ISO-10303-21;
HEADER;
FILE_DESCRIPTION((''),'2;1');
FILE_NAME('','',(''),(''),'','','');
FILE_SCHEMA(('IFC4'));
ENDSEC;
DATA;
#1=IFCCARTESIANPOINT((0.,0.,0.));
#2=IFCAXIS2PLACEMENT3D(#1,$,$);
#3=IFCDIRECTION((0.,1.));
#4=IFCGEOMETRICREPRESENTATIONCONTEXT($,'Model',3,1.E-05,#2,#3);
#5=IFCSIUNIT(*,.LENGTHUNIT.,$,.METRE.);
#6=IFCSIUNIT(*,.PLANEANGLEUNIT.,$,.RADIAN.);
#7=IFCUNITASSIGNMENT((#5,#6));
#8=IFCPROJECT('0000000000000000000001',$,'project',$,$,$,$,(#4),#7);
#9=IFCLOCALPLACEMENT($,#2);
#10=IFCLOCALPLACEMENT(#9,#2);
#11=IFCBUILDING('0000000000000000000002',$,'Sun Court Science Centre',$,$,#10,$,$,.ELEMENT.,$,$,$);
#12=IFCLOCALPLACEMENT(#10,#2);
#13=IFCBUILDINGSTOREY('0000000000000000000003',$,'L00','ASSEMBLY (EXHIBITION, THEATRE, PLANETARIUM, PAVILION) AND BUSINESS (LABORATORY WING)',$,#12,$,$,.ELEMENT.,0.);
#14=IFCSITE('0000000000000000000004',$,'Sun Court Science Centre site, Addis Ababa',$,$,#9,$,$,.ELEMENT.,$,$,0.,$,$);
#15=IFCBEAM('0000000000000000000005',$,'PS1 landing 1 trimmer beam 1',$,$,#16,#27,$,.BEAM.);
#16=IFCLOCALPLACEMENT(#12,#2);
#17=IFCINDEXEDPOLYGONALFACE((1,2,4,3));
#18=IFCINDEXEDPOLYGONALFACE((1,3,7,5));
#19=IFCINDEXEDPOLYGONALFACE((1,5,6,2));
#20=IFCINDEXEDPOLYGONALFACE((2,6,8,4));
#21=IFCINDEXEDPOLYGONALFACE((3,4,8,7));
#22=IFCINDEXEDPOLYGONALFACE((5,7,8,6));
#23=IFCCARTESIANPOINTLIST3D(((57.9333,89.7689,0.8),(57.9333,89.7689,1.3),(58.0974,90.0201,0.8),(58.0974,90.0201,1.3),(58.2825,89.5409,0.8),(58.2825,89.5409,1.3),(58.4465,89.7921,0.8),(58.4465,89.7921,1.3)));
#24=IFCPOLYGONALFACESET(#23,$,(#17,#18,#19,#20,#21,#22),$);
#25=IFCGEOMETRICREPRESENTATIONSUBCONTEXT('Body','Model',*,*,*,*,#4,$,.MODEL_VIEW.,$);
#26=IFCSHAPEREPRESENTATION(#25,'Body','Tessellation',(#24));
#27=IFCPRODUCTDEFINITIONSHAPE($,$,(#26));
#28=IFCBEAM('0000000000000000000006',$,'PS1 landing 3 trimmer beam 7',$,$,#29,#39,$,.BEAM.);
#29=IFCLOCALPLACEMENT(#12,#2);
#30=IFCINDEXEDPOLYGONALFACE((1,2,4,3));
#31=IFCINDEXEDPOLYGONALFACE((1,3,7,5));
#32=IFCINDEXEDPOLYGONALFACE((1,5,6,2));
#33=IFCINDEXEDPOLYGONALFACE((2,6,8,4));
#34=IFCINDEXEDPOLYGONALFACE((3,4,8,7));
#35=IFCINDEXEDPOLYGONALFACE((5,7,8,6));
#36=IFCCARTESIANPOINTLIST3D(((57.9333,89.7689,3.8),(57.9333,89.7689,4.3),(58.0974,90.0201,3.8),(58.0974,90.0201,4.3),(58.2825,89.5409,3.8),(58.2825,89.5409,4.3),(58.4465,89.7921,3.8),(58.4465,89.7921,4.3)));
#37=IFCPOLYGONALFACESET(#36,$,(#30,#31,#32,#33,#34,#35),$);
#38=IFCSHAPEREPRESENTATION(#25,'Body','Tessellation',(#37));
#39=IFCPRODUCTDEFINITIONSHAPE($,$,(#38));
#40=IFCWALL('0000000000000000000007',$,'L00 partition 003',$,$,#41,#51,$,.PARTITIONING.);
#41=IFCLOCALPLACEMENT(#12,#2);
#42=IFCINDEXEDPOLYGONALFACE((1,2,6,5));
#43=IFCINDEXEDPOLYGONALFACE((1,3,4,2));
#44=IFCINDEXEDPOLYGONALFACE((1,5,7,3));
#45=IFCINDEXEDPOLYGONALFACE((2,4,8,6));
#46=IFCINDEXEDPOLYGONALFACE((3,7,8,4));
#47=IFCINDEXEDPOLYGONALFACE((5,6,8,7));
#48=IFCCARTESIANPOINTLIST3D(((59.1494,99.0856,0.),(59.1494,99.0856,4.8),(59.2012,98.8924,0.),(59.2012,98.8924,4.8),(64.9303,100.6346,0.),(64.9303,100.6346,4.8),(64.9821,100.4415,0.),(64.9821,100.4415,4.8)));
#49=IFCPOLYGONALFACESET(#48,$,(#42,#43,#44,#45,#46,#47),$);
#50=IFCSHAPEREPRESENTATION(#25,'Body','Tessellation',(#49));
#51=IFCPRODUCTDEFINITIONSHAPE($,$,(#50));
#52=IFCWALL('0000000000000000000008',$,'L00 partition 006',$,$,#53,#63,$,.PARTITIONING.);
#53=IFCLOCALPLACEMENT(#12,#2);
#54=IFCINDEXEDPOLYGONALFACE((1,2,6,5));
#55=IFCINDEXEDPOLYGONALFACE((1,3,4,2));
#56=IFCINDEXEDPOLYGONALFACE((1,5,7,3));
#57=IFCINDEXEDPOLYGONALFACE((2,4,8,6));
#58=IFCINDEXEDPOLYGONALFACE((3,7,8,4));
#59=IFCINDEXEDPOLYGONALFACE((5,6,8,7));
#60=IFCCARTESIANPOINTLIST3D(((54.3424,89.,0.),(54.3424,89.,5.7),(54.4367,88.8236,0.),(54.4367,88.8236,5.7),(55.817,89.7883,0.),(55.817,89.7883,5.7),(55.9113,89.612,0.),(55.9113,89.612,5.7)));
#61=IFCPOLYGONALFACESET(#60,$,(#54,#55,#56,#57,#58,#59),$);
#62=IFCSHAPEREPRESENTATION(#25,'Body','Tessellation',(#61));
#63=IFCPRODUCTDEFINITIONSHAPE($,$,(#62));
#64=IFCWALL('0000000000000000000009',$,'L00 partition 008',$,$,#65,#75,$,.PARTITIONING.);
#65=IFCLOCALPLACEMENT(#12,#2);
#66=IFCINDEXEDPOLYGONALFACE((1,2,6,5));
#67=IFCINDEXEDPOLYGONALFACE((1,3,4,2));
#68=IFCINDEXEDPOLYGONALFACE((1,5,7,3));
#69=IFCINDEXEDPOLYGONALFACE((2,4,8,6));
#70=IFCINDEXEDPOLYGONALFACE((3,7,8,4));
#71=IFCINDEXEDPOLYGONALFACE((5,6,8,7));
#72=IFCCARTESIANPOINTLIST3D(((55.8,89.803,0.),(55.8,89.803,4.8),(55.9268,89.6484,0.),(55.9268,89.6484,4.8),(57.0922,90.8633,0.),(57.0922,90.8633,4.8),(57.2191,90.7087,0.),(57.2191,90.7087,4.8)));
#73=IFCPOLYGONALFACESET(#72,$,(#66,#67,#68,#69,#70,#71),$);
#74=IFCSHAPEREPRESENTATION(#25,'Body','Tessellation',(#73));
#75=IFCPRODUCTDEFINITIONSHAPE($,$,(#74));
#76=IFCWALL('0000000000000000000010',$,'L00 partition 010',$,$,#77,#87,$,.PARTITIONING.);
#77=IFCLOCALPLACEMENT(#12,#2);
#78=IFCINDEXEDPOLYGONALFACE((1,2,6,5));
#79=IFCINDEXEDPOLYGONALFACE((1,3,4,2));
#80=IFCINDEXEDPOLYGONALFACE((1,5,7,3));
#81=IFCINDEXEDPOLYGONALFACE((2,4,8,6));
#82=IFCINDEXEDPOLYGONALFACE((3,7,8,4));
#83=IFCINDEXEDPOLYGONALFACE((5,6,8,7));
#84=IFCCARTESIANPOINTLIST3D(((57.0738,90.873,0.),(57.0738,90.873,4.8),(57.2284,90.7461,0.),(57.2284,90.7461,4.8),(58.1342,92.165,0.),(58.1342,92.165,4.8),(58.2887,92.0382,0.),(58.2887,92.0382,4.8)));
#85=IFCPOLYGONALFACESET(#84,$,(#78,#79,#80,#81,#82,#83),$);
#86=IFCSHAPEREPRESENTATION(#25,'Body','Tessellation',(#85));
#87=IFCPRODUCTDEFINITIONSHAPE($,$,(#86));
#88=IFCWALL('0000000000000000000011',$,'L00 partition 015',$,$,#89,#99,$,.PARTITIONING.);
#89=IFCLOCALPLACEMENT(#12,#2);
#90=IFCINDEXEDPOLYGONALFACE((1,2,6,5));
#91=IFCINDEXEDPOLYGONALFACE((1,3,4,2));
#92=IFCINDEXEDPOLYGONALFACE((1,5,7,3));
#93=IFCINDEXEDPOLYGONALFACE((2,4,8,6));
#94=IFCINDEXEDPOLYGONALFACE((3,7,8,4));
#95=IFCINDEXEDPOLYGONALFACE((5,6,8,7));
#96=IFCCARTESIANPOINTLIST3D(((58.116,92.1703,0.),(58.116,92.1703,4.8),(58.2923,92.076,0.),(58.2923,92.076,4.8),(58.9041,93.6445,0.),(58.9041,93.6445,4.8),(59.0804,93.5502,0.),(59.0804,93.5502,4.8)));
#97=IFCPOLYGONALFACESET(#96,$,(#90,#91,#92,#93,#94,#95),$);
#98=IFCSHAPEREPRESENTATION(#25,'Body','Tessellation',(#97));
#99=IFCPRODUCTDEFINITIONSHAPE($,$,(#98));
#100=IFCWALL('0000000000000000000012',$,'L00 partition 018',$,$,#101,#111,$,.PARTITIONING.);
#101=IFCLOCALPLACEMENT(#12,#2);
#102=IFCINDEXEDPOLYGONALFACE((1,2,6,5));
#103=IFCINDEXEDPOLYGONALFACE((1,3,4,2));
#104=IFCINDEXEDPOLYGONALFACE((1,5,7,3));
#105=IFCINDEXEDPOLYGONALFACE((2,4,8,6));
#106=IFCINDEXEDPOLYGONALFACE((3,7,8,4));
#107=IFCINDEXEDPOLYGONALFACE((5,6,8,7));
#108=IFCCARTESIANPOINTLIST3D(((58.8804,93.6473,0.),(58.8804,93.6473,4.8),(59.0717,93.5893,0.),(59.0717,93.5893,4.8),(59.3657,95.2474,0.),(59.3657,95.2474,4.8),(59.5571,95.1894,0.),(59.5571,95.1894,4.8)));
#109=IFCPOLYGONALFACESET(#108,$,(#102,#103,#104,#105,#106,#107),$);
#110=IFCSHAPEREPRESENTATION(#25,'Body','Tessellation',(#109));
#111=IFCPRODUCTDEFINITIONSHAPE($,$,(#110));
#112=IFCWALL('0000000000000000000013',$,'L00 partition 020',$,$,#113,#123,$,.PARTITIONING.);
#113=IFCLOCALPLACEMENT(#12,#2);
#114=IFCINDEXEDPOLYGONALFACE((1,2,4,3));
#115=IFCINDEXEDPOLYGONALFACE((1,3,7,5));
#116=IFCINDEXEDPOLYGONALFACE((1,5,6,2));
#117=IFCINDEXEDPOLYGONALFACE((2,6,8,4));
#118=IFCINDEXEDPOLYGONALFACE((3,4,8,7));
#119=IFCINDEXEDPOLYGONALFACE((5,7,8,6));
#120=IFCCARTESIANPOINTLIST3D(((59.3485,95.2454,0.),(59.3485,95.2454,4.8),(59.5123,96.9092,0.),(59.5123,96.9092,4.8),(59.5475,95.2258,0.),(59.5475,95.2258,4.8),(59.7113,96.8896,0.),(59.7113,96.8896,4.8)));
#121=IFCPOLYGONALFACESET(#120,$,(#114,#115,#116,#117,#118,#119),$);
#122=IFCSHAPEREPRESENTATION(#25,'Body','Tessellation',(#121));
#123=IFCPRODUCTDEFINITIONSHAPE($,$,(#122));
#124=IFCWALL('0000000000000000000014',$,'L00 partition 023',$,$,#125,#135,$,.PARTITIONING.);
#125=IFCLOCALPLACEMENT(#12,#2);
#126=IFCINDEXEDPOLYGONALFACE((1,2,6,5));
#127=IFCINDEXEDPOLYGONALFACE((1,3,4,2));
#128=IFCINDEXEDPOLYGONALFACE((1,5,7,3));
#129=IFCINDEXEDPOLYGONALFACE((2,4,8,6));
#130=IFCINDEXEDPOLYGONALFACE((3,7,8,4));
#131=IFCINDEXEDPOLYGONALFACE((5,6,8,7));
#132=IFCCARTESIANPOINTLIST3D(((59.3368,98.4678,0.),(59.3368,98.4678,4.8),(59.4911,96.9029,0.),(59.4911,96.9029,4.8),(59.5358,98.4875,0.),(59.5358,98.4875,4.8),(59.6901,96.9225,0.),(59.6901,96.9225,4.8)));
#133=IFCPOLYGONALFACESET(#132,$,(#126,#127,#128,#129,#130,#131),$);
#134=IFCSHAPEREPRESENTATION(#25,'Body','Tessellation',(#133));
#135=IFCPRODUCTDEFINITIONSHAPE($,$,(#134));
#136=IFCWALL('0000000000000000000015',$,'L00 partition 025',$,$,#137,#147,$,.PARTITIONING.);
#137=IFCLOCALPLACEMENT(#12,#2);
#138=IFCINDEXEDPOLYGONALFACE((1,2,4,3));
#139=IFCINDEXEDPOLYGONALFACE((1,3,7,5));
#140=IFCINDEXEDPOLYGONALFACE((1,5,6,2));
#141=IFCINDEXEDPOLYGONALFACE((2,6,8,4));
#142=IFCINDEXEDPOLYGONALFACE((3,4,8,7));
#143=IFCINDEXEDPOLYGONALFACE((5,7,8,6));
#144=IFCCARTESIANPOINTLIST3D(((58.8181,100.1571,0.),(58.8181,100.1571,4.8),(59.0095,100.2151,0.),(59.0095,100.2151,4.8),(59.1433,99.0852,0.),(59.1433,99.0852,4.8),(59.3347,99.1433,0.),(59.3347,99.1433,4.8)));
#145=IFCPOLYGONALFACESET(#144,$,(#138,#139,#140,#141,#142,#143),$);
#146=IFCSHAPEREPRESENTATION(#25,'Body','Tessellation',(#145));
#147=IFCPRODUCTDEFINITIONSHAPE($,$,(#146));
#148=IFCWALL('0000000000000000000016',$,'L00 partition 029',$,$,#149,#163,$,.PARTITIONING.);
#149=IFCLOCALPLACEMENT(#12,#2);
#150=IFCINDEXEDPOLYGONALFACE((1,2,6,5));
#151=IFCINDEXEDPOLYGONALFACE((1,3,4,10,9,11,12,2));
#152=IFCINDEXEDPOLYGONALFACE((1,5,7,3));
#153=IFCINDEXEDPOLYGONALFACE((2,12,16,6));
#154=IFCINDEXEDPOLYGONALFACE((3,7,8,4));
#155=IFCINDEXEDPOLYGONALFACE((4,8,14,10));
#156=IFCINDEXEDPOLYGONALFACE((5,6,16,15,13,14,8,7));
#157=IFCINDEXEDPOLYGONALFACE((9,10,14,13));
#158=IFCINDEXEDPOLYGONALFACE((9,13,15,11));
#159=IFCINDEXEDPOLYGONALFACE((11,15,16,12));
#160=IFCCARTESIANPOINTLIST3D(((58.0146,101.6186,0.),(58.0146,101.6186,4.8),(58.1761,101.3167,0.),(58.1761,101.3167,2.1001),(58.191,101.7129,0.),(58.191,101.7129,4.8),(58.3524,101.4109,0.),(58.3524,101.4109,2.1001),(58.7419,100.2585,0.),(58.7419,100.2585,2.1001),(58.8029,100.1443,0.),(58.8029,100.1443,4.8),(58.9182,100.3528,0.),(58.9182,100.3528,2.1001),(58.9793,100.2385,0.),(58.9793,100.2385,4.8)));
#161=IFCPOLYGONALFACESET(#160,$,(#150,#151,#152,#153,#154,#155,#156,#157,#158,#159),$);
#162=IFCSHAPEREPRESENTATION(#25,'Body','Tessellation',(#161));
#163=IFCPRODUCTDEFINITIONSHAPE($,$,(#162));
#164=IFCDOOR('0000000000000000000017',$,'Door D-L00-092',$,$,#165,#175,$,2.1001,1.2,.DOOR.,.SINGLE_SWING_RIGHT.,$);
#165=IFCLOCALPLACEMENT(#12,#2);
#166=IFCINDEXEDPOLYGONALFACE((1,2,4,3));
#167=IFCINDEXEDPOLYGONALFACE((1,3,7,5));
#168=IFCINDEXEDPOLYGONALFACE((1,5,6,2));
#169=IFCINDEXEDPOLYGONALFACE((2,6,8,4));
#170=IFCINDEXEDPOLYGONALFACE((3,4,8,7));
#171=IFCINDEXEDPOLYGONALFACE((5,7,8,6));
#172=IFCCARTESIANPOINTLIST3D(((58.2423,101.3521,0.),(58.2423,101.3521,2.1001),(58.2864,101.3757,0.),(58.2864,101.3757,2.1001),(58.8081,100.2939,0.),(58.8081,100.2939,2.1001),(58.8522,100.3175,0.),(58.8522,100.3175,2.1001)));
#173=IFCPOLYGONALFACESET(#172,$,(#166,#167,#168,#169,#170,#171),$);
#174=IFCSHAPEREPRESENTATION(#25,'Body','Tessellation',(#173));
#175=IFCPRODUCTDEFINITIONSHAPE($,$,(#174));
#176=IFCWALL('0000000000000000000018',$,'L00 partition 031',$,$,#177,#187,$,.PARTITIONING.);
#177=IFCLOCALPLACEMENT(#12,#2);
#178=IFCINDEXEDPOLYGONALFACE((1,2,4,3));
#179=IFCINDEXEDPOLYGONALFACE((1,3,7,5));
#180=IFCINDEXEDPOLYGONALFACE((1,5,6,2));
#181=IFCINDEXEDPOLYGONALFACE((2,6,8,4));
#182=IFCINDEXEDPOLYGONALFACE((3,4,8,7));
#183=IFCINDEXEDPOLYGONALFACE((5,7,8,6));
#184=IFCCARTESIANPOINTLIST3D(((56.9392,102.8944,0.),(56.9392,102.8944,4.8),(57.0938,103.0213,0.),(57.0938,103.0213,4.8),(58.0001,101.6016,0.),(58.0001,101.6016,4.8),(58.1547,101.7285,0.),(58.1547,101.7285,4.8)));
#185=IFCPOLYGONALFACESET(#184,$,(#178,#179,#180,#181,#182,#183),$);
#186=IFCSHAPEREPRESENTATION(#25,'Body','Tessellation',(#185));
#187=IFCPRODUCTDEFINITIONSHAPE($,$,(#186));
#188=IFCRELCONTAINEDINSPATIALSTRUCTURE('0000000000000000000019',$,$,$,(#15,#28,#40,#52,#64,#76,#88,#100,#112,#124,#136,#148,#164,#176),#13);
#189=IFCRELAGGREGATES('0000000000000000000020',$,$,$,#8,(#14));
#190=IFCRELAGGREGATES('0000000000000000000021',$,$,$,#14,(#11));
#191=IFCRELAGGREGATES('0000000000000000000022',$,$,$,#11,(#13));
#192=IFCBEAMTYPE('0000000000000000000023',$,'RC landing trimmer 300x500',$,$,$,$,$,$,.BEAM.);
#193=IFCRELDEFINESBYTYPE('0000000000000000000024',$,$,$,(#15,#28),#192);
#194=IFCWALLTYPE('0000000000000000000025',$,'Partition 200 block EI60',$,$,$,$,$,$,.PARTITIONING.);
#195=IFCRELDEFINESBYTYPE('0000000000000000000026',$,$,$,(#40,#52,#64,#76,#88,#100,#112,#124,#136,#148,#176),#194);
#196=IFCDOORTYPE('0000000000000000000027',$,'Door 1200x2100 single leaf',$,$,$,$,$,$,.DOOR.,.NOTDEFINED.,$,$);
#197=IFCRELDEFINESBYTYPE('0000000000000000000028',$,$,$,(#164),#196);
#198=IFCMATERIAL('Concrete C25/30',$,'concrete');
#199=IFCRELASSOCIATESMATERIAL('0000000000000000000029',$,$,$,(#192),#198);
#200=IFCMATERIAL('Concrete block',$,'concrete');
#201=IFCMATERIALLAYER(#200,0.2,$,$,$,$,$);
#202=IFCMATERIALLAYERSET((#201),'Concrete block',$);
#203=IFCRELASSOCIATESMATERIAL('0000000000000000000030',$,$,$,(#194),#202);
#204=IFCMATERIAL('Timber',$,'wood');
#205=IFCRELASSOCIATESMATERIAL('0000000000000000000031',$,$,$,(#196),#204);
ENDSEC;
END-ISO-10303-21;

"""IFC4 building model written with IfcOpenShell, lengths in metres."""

from ifc_helpers import new_model, si_unit, direction, frame, frame_2d, origin, origin_2d, place, context, subcontext, project, spatial, rectangle, extrude, material, layer, layer_set, material_profile, profile_set, type_object, element, fill, save


model = new_model("IFC4")

# Units and contexts
model_context = context("Model", 3, precision=1e-05, world=origin(), true_north=direction((0.0, 1.0)))
body_context = subcontext(model_context, "Body", "Model", "MODEL_VIEW")
ifc_project = project(units=[si_unit("LENGTHUNIT", "METRE"), si_unit("PLANEANGLEUNIT", "RADIAN")], contexts=[model_context])

# Site, building, storey
site_placement = place(None, origin())
site = spatial("IfcSite", under=ifc_project, at=site_placement, Name="Sun Court Science Centre site, Addis Ababa", CompositionType="ELEMENT", RefElevation=0.0)
building_placement = place(site_placement, origin())
building = spatial("IfcBuilding", under=site, at=building_placement, Name="Sun Court Science Centre", CompositionType="ELEMENT")
storey_placement = place(building_placement, origin())
storey = spatial("IfcBuildingStorey", under=building, at=storey_placement, Name="L00", Description="ASSEMBLY (EXHIBITION, THEATRE, PLANETARIUM, PAVILION) AND BUSINESS (LABORATORY WING)", CompositionType="ELEMENT", Elevation=0.0)

# Beams
ifc_material_1 = material(Name="Concrete C25/30", Category="concrete")
ifc_material_profile = material_profile(ifc_material_1, rectangle(XDim=0.3, YDim=0.5, at=origin_2d()), Name="RC 300x500")
ifc_profile_set = profile_set([ifc_material_profile], Name="Concrete C25/30")
beam_type = type_object("IfcBeamType", Name="RC landing trimmer 300x500", PredefinedType="BEAM", material=ifc_profile_set)
for number, where, z_axis, x_axis, name in (
    (1, (58.0154, 89.8945, 1.05), (0.837238, -0.546839, 0.0), (0.546839, 0.837238, 0.0), "PS1 landing 1 trimmer beam 1"),
    (2, (58.0154, 89.8945, 4.05), (0.837238, -0.546839, 0.0), (0.546839, 0.837238, 0.0), "PS1 landing 3 trimmer beam 7"),
):
    element("IfcBeam", number, at=place(storey_placement, frame(where, z_axis=z_axis, x_axis=x_axis)), inside=storey, type_object=beam_type, Name=name, PredefinedType="BEAM", context=body_context, shape_type="SweptSolid", body=[
        extrude(rectangle(XDim=0.3, YDim=0.5, at=origin_2d()), origin(), (0.0, 0.0, 1.0), 0.417),
    ])

# Walls
ifc_material_2 = material(Name="Concrete block", Category="concrete")
ifc_layer_1 = layer(ifc_material_2, 0.2)
ifc_layer_set_1 = layer_set([ifc_layer_1], Name="Concrete block")
wall_type_1 = type_object("IfcWallType", Name="Partition 200 block EI60", PredefinedType="PARTITIONING", material=ifc_layer_set_1)
wall_1_placement = place(storey_placement, frame((59.1753, 98.989, 0.0), z_axis=(0.0, 0.0, 1.0), x_axis=(0.965923, 0.258828, 0.0)))
element("IfcWall", 3, at=wall_1_placement, inside=storey, type_object=wall_type_1, Name="L00 partition 003", PredefinedType="PARTITIONING", context=body_context, shape_type="SweptSolid", body=[
    extrude(rectangle(XDim=5.9849, YDim=0.2, at=frame_2d((2.9924, 0.0))), origin(), (0.0, 0.0, 1.0), 4.8),
])
wall_2_placement = place(storey_placement, frame((54.3896, 88.9119, 0.0), z_axis=(0.0, 0.0, 1.0), x_axis=(0.881888, 0.47146, 0.0)))
element("IfcWall", 4, at=wall_2_placement, inside=storey, type_object=wall_type_1, Name="L00 partition 006", PredefinedType="PARTITIONING", context=body_context, shape_type="SweptSolid", body=[
    extrude(rectangle(XDim=1.6721, YDim=0.2, at=frame_2d((0.8359, 0.0))), origin(), (0.0, 0.0, 1.0), 5.7),
])
wall_3_placement = place(storey_placement, frame((55.8633, 89.7256, 0.0), z_axis=(0.0, 0.0, 1.0), x_axis=(0.773072, 0.634319, 0.0)))
element("IfcWall", 5, at=wall_3_placement, inside=storey, type_object=wall_type_1, Name="L00 partition 008", PredefinedType="PARTITIONING", context=body_context, shape_type="SweptSolid", body=[
    extrude(rectangle(XDim=1.6716, YDim=0.2, at=frame_2d((0.8359, 0.0))), origin(), (0.0, 0.0, 1.0), 4.8),
])
wall_4_placement = place(storey_placement, frame((57.1511, 90.8096, 0.0), z_axis=(0.0, 0.0, 1.0), x_axis=(0.63439, 0.773013, 0.0)))
element("IfcWall", 6, at=wall_4_placement, inside=storey, type_object=wall_type_1, Name="L00 partition 010", PredefinedType="PARTITIONING", context=body_context, shape_type="SweptSolid", body=[
    extrude(rectangle(XDim=1.6714, YDim=0.2, at=frame_2d((0.8357, 0.0))), origin(), (0.0, 0.0, 1.0), 4.8),
])
wall_5_placement = place(storey_placement, frame((58.2041, 92.123, 0.0), z_axis=(0.0, 0.0, 1.0), x_axis=(0.471467, 0.881884, 0.0)))
element("IfcWall", 7, at=wall_5_placement, inside=storey, type_object=wall_type_1, Name="L00 partition 015", PredefinedType="PARTITIONING", context=body_context, shape_type="SweptSolid", body=[
    extrude(rectangle(XDim=1.6716, YDim=0.2, at=frame_2d((0.8359, 0.0))), origin(), (0.0, 0.0, 1.0), 4.8),
])
wall_6_placement = place(storey_placement, frame((58.9761, 93.6184, 0.0), z_axis=(0.0, 0.0, 1.0), x_axis=(0.290267, 0.956946, 0.0)))
element("IfcWall", 8, at=wall_6_placement, inside=storey, type_object=wall_type_1, Name="L00 partition 018", PredefinedType="PARTITIONING", context=body_context, shape_type="SweptSolid", body=[
    extrude(rectangle(XDim=1.6721, YDim=0.2, at=frame_2d((0.8359, 0.0))), origin(), (0.0, 0.0, 1.0), 4.8),
])
wall_7_placement = place(storey_placement, frame((59.448, 95.2356, 0.0), z_axis=(0.0, 0.0, 1.0), x_axis=(0.097985, 0.995188, 0.0)))
element("IfcWall", 9, at=wall_7_placement, inside=storey, type_object=wall_type_1, Name="L00 partition 020", PredefinedType="PARTITIONING", context=body_context, shape_type="SweptSolid", body=[
    extrude(rectangle(XDim=1.6719, YDim=0.2, at=frame_2d((0.8359, 0.0))), origin(), (0.0, 0.0, 1.0), 4.8),
])
wall_8_placement = place(storey_placement, frame((59.5906, 96.9128, 0.0), z_axis=(0.0, 0.0, 1.0), x_axis=(-0.09812, 0.995175, 0.0)))
element("IfcWall", 10, at=wall_8_placement, inside=storey, type_object=wall_type_1, Name="L00 partition 023", PredefinedType="PARTITIONING", context=body_context, shape_type="SweptSolid", body=[
    extrude(rectangle(XDim=1.5725, YDim=0.2, at=frame_2d((0.7861, 0.0))), origin(), (0.0, 0.0, 1.0), 4.8),
])
wall_9_placement = place(storey_placement, frame((59.239, 99.1143, 0.0), z_axis=(0.0, 0.0, 1.0), x_axis=(-0.290346, 0.956922, 0.0)))
element("IfcWall", 11, at=wall_9_placement, inside=storey, type_object=wall_type_1, Name="L00 partition 025", PredefinedType="PARTITIONING", context=body_context, shape_type="SweptSolid", body=[
    extrude(rectangle(XDim=1.1201, YDim=0.2, at=frame_2d((0.5601, 0.0))), origin(), (0.0, 0.0, 1.0), 4.8),
])

# Wall, opening, door
wall_10_placement = place(storey_placement, frame((58.8911, 100.1914, 0.0), z_axis=(0.0, 0.0, 1.0), x_axis=(-0.47152, 0.881855, 0.0)))
wall_10 = element("IfcWall", 12, at=wall_10_placement, inside=storey, type_object=wall_type_1, Name="L00 partition 029", PredefinedType="PARTITIONING", context=body_context, shape_type="SweptSolid", body=[
    extrude(rectangle(XDim=1.6719, YDim=0.2, at=frame_2d((0.8359, 0.0))), origin(), (0.0, 0.0, 1.0), 4.8),
])
opening_placement = place(wall_10_placement, frame((0.1294, 0.0, 0.0)))
opening = element("IfcOpeningElement", 13, at=opening_placement, cuts=wall_10, PredefinedType="OPENING", context=body_context, shape_type="SweptSolid", body=[
    extrude(rectangle(XDim=1.2, YDim=2.1001, at=frame_2d((0.6001, 1.05))), frame((0.0, 0.1099, 0.0), z_axis=(0.0, -1.0, 0.0), x_axis=(1.0, 0.0, 0.0)), (0.0, 0.0, 1.0), 0.22),
])
ifc_material_3 = material(Name="Timber", Category="wood")
door_type = type_object("IfcDoorType", Name="Door 1200x2100 single leaf", OperationType="NOTDEFINED", PredefinedType="DOOR", material=ifc_material_3)
door_placement = place(opening_placement, origin())
door = element("IfcDoor", 14, at=door_placement, inside=storey, type_object=door_type, Name="Door D-L00-092", OperationType="SINGLE_SWING_RIGHT", OverallHeight=2.1001, OverallWidth=1.2, PredefinedType="DOOR", context=body_context, shape_type="SweptSolid", body=[
    extrude(rectangle(XDim=1.2, YDim=2.1001, at=frame_2d((0.6001, 1.05))), frame((0.0, 0.0249, 0.0), z_axis=(0.0, -1.0, 0.0), x_axis=(1.0, 0.0, 0.0)), (0.0, 0.0, 1.0), 0.05),
])
fill(opening, door)

# Wall
wall_11_placement = place(storey_placement, frame((58.0774, 101.665, 0.0), z_axis=(0.0, 0.0, 1.0), x_axis=(-0.63435, 0.773046, 0.0)))
element("IfcWall", 15, at=wall_11_placement, inside=storey, type_object=wall_type_1, Name="L00 partition 031", PredefinedType="PARTITIONING", context=body_context, shape_type="SweptSolid", body=[
    extrude(rectangle(XDim=1.6724, YDim=0.2, at=frame_2d((0.8362, 0.0))), origin(), (0.0, 0.0, 1.0), 4.8),
])

save(model, "model.ifc")
